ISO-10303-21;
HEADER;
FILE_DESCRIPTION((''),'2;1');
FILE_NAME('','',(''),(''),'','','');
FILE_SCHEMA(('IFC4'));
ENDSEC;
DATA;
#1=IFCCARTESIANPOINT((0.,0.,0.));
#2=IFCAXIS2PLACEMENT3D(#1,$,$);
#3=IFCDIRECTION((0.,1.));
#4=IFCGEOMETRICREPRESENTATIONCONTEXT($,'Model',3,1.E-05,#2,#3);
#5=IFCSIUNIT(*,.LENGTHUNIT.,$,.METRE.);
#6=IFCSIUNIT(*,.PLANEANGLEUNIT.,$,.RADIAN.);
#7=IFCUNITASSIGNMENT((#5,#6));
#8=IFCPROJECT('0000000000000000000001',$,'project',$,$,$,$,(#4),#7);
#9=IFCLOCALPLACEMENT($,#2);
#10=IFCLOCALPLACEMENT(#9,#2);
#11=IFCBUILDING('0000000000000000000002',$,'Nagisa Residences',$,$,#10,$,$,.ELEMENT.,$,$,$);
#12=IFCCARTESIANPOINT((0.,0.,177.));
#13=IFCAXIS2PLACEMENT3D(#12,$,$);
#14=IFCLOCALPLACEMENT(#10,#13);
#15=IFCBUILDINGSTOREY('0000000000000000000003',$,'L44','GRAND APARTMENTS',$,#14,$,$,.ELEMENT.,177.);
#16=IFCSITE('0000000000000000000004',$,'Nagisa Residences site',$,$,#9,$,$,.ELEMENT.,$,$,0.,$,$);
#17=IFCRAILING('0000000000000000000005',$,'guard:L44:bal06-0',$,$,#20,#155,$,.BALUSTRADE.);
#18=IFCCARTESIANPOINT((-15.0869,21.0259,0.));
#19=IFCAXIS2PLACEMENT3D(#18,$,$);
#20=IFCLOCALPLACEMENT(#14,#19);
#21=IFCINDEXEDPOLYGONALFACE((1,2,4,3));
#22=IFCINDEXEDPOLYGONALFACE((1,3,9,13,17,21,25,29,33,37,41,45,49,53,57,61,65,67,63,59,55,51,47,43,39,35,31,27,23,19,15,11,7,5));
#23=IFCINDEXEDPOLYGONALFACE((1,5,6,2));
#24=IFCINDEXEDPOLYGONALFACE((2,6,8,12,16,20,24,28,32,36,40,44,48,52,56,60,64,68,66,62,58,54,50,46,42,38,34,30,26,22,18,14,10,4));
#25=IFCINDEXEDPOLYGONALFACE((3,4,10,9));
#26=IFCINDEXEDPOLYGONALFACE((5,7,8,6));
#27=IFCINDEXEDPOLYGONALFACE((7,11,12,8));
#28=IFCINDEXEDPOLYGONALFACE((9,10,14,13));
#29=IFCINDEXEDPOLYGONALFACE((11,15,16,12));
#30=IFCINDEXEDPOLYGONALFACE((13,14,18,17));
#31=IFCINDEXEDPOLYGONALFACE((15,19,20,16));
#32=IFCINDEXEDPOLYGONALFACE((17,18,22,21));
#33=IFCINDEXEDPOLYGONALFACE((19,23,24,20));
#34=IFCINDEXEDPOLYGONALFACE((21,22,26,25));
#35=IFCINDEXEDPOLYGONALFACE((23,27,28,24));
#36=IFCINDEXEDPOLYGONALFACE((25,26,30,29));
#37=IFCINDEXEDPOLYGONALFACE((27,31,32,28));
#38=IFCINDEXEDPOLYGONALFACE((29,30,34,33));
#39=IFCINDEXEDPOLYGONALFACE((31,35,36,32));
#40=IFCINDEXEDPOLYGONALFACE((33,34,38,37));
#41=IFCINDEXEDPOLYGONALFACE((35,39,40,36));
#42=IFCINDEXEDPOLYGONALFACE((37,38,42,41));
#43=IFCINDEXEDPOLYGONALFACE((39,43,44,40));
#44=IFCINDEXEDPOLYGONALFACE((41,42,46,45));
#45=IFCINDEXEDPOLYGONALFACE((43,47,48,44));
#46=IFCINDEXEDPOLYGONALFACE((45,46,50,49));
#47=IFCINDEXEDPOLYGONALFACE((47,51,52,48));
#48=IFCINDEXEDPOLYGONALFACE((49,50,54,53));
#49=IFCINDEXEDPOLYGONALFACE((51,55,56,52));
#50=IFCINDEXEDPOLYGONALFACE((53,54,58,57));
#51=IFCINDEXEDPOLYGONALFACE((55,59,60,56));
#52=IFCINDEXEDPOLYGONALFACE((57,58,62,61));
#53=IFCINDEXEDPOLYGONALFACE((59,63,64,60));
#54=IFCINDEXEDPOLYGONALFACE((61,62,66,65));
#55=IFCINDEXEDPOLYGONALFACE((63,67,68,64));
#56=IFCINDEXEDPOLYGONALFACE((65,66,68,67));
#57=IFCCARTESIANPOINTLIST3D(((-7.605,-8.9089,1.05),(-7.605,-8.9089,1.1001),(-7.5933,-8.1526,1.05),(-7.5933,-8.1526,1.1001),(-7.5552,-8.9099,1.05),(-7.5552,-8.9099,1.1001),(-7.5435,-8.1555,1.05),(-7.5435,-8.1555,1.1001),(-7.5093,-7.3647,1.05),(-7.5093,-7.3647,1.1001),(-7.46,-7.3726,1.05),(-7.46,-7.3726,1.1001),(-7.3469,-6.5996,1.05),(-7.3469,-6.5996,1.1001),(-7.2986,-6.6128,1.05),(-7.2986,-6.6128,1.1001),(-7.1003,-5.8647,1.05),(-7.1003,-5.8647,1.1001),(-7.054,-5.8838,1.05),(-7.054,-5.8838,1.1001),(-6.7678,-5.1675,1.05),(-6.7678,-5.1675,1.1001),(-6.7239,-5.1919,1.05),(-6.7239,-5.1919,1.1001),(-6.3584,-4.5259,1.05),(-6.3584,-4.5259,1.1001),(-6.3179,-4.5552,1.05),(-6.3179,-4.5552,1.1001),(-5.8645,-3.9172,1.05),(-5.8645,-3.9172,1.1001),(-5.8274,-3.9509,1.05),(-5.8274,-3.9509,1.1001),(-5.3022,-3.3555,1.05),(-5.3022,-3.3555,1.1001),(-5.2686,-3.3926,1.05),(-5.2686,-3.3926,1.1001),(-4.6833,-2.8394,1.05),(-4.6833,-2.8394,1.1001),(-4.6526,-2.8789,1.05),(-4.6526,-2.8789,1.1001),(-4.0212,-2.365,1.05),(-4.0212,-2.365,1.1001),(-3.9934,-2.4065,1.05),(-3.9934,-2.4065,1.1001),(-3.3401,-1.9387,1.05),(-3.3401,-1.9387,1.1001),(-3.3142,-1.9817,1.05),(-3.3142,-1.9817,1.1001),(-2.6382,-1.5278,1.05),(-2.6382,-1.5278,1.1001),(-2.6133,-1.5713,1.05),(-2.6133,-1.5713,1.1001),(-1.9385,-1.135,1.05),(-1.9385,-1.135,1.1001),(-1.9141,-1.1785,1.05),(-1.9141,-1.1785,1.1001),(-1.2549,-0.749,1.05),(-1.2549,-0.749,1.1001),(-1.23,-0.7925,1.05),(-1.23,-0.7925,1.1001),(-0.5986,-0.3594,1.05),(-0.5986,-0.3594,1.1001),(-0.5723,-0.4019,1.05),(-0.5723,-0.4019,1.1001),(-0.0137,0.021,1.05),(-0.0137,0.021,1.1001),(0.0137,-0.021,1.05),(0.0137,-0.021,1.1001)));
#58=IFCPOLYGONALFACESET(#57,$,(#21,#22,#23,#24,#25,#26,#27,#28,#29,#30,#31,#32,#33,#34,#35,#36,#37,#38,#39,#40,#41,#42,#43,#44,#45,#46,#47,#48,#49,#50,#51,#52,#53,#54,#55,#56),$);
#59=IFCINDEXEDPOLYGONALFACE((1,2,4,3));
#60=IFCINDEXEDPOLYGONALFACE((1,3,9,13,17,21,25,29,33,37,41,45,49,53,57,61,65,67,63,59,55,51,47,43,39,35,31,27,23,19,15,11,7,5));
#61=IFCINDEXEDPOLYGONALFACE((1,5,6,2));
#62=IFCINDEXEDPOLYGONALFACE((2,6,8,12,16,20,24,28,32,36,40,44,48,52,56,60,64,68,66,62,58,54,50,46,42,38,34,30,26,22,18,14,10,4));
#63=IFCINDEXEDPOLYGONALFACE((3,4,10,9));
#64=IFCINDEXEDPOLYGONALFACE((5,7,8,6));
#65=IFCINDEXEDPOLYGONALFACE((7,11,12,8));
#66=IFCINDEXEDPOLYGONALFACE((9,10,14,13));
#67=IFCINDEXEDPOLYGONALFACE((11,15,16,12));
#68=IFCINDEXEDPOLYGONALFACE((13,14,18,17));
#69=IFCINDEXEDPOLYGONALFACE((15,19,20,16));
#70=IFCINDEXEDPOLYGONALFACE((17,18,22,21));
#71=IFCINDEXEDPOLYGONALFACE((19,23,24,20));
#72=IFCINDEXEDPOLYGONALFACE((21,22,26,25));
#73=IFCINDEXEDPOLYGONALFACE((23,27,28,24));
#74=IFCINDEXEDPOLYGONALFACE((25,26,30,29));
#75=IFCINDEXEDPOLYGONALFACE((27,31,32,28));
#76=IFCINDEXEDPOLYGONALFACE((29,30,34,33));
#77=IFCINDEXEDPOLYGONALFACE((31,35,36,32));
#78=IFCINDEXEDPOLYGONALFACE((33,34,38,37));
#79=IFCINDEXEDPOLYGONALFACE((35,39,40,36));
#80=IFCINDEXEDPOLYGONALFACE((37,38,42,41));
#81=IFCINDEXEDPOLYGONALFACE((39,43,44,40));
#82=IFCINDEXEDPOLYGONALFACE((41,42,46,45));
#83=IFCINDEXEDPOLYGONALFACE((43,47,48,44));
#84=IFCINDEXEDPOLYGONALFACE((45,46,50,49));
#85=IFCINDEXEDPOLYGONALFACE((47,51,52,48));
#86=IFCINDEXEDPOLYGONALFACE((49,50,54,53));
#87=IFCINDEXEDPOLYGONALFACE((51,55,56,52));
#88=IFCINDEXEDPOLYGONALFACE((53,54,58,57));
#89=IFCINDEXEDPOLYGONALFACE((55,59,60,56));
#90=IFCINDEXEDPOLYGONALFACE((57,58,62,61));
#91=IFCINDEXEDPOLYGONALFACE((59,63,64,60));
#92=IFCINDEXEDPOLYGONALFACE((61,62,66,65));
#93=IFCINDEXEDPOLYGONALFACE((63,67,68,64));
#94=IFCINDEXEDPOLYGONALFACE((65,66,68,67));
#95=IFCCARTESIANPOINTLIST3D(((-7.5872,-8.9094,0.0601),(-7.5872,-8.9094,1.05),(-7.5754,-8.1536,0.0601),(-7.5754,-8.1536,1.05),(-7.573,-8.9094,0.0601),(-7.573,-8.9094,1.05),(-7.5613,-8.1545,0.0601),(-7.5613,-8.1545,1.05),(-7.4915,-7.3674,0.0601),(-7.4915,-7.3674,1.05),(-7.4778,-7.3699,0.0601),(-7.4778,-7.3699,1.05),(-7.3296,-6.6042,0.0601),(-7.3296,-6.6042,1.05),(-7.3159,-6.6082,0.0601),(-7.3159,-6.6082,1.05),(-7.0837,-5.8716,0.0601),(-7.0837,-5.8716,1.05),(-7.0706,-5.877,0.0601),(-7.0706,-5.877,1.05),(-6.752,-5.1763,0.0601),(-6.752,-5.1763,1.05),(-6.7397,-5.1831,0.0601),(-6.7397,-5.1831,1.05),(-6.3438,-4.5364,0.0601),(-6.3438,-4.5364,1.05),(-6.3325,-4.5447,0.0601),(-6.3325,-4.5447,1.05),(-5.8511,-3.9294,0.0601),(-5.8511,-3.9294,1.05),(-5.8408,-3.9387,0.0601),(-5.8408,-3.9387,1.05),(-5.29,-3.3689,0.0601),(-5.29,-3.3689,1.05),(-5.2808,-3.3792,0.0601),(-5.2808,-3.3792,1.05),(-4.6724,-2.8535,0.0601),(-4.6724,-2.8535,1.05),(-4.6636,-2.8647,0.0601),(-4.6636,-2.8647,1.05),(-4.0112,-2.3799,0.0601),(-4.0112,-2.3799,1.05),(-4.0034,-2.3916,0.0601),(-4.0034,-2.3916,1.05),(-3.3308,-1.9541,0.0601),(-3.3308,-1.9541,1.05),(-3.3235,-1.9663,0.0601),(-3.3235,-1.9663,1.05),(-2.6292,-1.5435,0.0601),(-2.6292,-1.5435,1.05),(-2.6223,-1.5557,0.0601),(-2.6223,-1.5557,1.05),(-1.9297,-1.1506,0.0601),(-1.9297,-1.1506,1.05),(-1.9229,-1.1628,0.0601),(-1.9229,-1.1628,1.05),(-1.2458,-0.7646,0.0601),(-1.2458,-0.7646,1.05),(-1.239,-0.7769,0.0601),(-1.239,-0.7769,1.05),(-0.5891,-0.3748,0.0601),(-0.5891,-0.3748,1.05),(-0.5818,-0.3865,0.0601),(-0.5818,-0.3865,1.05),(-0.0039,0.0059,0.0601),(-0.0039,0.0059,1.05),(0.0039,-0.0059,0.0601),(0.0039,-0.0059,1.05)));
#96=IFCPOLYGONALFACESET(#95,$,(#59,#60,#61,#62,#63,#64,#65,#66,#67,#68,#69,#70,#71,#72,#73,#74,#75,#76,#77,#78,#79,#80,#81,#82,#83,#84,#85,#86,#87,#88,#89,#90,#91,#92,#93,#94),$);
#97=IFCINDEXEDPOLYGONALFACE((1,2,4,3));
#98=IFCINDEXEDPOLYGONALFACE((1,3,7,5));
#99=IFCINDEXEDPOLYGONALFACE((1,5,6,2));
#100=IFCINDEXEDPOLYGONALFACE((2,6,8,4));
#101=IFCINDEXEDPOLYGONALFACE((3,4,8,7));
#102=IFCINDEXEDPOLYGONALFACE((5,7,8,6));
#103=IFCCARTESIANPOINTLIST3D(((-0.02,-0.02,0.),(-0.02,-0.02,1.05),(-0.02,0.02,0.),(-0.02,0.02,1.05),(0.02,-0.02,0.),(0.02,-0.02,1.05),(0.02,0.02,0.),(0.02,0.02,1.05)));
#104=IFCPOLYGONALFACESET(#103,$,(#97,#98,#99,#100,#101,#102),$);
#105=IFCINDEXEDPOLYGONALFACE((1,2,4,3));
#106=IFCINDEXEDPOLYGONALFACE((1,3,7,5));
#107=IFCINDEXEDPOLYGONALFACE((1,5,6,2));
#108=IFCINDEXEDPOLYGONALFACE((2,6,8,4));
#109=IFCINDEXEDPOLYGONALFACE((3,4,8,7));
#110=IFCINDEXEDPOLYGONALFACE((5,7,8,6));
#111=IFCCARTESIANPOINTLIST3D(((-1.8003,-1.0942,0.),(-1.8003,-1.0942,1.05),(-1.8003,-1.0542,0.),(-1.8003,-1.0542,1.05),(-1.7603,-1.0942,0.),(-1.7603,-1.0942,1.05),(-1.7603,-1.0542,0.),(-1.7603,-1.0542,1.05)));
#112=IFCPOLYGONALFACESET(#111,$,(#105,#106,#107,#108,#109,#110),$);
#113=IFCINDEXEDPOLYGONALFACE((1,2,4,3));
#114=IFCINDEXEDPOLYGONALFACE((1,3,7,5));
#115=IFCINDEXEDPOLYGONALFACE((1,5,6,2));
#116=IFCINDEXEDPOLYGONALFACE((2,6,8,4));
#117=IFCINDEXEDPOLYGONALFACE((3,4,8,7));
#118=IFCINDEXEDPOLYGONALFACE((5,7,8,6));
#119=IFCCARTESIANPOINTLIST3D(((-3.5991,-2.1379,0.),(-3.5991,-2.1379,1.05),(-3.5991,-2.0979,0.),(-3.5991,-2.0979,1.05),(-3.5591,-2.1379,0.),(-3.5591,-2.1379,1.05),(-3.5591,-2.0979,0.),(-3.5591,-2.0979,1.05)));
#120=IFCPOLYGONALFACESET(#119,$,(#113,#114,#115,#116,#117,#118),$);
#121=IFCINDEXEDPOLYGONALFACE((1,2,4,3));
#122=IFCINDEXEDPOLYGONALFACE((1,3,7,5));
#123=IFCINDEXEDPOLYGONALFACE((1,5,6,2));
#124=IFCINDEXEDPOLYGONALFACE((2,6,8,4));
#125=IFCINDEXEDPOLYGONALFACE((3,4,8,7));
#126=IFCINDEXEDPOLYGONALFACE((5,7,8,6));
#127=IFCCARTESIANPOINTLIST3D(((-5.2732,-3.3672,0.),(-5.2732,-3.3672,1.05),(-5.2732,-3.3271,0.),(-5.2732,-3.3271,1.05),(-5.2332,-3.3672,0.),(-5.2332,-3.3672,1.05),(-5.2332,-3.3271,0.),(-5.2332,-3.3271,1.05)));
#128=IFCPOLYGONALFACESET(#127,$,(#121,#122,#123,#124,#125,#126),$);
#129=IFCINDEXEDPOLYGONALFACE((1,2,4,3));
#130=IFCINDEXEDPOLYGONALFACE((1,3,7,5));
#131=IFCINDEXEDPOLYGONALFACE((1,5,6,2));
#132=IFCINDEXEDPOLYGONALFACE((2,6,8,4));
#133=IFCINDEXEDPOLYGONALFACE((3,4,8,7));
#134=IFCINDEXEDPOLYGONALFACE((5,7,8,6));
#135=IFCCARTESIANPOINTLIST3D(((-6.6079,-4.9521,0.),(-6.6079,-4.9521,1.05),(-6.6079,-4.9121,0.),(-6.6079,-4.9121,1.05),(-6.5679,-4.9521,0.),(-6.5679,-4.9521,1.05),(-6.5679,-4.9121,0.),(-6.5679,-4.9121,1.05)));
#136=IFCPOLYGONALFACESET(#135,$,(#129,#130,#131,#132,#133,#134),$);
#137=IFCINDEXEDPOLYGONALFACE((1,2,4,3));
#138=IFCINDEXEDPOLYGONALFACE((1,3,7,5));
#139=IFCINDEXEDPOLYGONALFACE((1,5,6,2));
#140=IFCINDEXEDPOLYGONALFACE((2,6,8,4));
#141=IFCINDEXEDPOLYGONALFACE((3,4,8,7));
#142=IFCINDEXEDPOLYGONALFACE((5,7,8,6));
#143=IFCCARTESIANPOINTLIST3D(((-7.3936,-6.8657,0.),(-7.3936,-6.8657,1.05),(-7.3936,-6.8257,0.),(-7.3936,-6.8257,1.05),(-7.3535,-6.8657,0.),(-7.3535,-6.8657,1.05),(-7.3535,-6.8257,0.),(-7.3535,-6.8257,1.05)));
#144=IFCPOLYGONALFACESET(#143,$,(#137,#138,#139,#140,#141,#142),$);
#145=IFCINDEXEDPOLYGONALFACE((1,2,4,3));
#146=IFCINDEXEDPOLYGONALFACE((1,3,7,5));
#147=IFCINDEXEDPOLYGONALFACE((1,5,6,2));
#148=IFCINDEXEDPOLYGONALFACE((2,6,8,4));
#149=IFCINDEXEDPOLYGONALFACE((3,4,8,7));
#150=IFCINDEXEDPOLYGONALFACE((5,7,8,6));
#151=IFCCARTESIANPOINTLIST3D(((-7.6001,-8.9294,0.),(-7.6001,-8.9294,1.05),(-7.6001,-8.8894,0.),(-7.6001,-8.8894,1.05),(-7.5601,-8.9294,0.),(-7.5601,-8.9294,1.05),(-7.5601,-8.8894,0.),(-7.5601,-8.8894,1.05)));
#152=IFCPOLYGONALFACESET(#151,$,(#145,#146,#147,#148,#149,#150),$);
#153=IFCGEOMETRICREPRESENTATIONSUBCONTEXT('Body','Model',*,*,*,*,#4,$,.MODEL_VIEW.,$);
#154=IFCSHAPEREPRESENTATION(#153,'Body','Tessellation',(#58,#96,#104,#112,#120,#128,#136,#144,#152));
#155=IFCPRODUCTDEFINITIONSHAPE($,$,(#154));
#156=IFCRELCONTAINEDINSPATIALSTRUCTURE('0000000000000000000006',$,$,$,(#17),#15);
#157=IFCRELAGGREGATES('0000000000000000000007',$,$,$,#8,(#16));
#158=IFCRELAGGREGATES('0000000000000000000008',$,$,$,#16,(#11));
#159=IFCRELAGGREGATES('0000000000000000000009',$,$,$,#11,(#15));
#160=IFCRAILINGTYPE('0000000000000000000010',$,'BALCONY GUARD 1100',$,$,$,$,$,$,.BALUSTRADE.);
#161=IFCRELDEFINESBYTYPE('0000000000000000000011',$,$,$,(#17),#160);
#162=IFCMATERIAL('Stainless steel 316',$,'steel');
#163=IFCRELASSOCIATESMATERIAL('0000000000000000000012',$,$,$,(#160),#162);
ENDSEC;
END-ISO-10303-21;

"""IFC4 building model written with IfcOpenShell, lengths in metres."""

from ifc_helpers import new_model, si_unit, direction, frame, origin, origin_2d, place, context, subcontext, project, spatial, polyline, rectangle, outline, extrude, material, type_object, element, save


model = new_model("IFC4")

# Units and contexts
model_context = context("Model", 3, precision=1e-05, world=origin(), true_north=direction((0.0, 1.0)))
body_context = subcontext(model_context, "Body", "Model", "MODEL_VIEW")
ifc_project = project(units=[si_unit("LENGTHUNIT", "METRE"), si_unit("PLANEANGLEUNIT", "RADIAN")], contexts=[model_context])

# Site, building, storey
site_placement = place(None, origin())
site = spatial("IfcSite", under=ifc_project, at=site_placement, Name="Nagisa Residences site", CompositionType="ELEMENT", RefElevation=0.0)
building_placement = place(site_placement, origin())
building = spatial("IfcBuilding", under=site, at=building_placement, Name="Nagisa Residences", CompositionType="ELEMENT")
storey_placement = place(building_placement, frame((0.0, 0.0, 177.0)))
storey = spatial("IfcBuildingStorey", under=building, at=storey_placement, Name="L44", Description="GRAND APARTMENTS", CompositionType="ELEMENT", Elevation=177.0)

# Railing
ifc_material_1 = material(Name="Stainless steel 316", Category="steel")
railing_type = type_object("IfcRailingType", Name="BALCONY GUARD 1100", PredefinedType="BALUSTRADE", material=ifc_material_1)
railing_1_placement = place(storey_placement, frame((-15.0869, 21.0259, 0.0)))
element("IfcRailing", 1, at=railing_1_placement, inside=storey, type_object=railing_type, Name="guard:L44:bal06-0", PredefinedType="BALUSTRADE", context=body_context, shape_type="SweptSolid", body=[
    extrude(outline(polyline([(-0.5723, -0.4019), (0.0137, -0.021), (-0.0137, 0.021), (-0.5986, -0.3594), (-1.2549, -0.749), (-1.9385, -1.135), (-2.6382, -1.5278), (-3.3401, -1.9387), (-4.0212, -2.365), (-4.6833, -2.8394), (-5.3022, -3.3555), (-5.8645, -3.9172), (-6.3584, -4.5259), (-6.7678, -5.1675), (-7.1003, -5.8647), (-7.3469, -6.5996), (-7.5093, -7.3647), (-7.5933, -8.1526), (-7.605, -8.9089), (-7.5552, -8.9099), (-7.5435, -8.1555), (-7.46, -7.3726), (-7.2986, -6.6128), (-7.054, -5.8838), (-6.7239, -5.1919), (-6.3179, -4.5552), (-5.8274, -3.9509), (-5.2686, -3.3926), (-4.6526, -2.8789), (-3.9934, -2.4065), (-3.3142, -1.9817), (-2.6133, -1.5713), (-1.9141, -1.1785), (-1.23, -0.7925), (-0.5723, -0.4019)])), frame((0.0, 0.0, 1.05)), (0.0, 0.0, 1.0), 0.05),
    extrude(outline(polyline([(-0.5818, -0.3865), (0.0039, -0.0059), (-0.0039, 0.0059), (-0.5891, -0.3748), (-1.2458, -0.7646), (-1.9297, -1.1506), (-2.6292, -1.5435), (-3.3308, -1.9541), (-4.0112, -2.3799), (-4.6724, -2.8535), (-5.29, -3.3689), (-5.8511, -3.9294), (-6.3438, -4.5364), (-6.752, -5.1763), (-7.0837, -5.8716), (-7.3296, -6.6042), (-7.4915, -7.3674), (-7.5754, -8.1536), (-7.5872, -8.9094), (-7.573, -8.9094), (-7.5613, -8.1545), (-7.4778, -7.3699), (-7.3159, -6.6082), (-7.0706, -5.877), (-6.7397, -5.1831), (-6.3325, -4.5447), (-5.8408, -3.9387), (-5.2808, -3.3792), (-4.6636, -2.8647), (-4.0034, -2.3916), (-3.3235, -1.9663), (-2.6223, -1.5557), (-1.9229, -1.1628), (-1.239, -0.7769), (-0.5818, -0.3865)])), frame((0.0, 0.0, 0.0601)), (0.0, 0.0, 1.0), 0.99),
    extrude(rectangle(XDim=0.04, YDim=0.04, at=origin_2d()), origin(), (0.0, 0.0, 1.0), 1.05),
    extrude(rectangle(XDim=0.04, YDim=0.04, at=origin_2d()), frame((-1.7803, -1.0742, 0.0)), (0.0, 0.0, 1.0), 1.05),
    extrude(rectangle(XDim=0.04, YDim=0.04, at=origin_2d()), frame((-3.5791, -2.1179, 0.0)), (0.0, 0.0, 1.0), 1.05),
    extrude(rectangle(XDim=0.04, YDim=0.04, at=origin_2d()), frame((-5.2532, -3.3472, 0.0)), (0.0, 0.0, 1.0), 1.05),
    extrude(rectangle(XDim=0.04, YDim=0.04, at=origin_2d()), frame((-6.5879, -4.9321, 0.0)), (0.0, 0.0, 1.0), 1.05),
    extrude(rectangle(XDim=0.04, YDim=0.04, at=origin_2d()), frame((-7.3735, -6.8457, 0.0)), (0.0, 0.0, 1.0), 1.05),
    extrude(rectangle(XDim=0.04, YDim=0.04, at=origin_2d()), frame((-7.5801, -8.9094, 0.0)), (0.0, 0.0, 1.0), 1.05),
])

save(model, "model.ifc")
